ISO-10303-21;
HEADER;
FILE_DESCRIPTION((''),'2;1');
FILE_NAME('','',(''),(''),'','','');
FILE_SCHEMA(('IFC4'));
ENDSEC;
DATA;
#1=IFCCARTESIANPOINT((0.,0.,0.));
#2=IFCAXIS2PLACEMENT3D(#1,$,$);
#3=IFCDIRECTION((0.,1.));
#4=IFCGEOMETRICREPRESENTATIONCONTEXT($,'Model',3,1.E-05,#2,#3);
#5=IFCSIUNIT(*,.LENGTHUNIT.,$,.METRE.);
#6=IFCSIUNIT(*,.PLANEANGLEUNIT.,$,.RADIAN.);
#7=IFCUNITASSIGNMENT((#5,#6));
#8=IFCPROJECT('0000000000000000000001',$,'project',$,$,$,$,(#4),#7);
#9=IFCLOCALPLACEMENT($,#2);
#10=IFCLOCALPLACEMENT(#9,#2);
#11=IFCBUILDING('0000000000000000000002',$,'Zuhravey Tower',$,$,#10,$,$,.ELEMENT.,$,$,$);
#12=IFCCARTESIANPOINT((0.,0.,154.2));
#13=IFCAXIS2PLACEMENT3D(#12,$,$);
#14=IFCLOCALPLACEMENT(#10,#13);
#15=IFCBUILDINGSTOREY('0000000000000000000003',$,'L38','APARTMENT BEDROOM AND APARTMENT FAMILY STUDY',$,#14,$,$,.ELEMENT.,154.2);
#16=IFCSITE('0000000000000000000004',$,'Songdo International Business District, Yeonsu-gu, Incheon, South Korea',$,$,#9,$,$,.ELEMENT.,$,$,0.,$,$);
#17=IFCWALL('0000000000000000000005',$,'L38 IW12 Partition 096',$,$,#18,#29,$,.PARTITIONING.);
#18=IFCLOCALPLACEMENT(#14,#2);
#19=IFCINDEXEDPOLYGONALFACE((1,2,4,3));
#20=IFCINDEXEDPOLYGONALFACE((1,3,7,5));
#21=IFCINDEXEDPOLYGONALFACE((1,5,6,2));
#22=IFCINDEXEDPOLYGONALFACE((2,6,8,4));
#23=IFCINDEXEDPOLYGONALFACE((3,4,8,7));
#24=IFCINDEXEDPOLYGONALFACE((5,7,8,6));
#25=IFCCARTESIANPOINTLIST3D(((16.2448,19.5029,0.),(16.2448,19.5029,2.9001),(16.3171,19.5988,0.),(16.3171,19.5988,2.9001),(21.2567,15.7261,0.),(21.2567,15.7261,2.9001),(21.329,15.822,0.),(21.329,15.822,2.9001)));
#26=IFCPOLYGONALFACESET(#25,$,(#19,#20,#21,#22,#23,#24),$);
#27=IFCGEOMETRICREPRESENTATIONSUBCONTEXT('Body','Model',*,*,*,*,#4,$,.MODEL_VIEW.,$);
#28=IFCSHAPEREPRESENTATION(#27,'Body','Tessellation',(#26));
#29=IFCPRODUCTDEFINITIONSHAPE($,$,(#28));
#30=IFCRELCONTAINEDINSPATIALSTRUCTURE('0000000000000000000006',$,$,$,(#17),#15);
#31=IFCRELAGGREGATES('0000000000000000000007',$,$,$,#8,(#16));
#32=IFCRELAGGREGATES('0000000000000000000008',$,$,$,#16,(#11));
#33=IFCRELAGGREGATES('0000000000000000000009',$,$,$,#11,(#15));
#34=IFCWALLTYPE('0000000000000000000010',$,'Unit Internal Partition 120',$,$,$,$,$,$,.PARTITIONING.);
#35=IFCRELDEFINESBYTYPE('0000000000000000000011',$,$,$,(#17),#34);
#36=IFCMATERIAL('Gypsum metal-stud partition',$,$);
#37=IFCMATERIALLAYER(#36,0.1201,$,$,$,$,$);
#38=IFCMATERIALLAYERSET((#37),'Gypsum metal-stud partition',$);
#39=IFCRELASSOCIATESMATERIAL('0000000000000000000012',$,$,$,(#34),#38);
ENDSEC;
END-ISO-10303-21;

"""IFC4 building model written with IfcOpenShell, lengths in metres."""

from ifc_helpers import new_model, si_unit, direction, frame, frame_2d, origin, place, context, subcontext, project, spatial, rectangle, extrude, material, layer, layer_set, type_object, element, save


model = new_model("IFC4")

# Units and contexts
model_context = context("Model", 3, precision=1e-05, world=origin(), true_north=direction((0.0, 1.0)))
body_context = subcontext(model_context, "Body", "Model", "MODEL_VIEW")
ifc_project = project(units=[si_unit("LENGTHUNIT", "METRE"), si_unit("PLANEANGLEUNIT", "RADIAN")], contexts=[model_context])

# Site, building, storey
site_placement = place(None, origin())
site = spatial("IfcSite", under=ifc_project, at=site_placement, Name="Songdo International Business District, Yeonsu-gu, Incheon, South Korea", CompositionType="ELEMENT", RefElevation=0.0)
building_placement = place(site_placement, origin())
building = spatial("IfcBuilding", under=site, at=building_placement, Name="Zuhravey Tower", CompositionType="ELEMENT")
storey_placement = place(building_placement, frame((0.0, 0.0, 154.2)))
storey = spatial("IfcBuildingStorey", under=building, at=storey_placement, Name="L38", Description="APARTMENT BEDROOM AND APARTMENT FAMILY STUDY", CompositionType="ELEMENT", Elevation=154.2)

# Shared definitions
ifc_material_1 = material(Name="Gypsum metal-stud partition")
ifc_layer_1 = layer(ifc_material_1, 0.1201)
ifc_layer_set_1 = layer_set([ifc_layer_1], Name="Gypsum metal-stud partition")
wall_type_1 = type_object("IfcWallType", Name="Unit Internal Partition 120", PredefinedType="PARTITIONING", material=ifc_layer_set_1)

# Wall
wall_1_placement = place(storey_placement, frame((16.281, 19.5508, 0.0), z_axis=(0.0, 0.0, 1.0), x_axis=(0.79863, -0.601822, 0.0)))
element("IfcWall", 1, at=wall_1_placement, inside=storey, type_object=wall_type_1, Name="L38 IW12 Partition 096", PredefinedType="PARTITIONING", context=body_context, shape_type="SweptSolid", body=[
    extrude(rectangle(XDim=6.2756, YDim=0.1201, at=frame_2d((3.1377, 0.0))), origin(), (0.0, 0.0, 1.0), 2.9001),
])

save(model, "model.ifc")
